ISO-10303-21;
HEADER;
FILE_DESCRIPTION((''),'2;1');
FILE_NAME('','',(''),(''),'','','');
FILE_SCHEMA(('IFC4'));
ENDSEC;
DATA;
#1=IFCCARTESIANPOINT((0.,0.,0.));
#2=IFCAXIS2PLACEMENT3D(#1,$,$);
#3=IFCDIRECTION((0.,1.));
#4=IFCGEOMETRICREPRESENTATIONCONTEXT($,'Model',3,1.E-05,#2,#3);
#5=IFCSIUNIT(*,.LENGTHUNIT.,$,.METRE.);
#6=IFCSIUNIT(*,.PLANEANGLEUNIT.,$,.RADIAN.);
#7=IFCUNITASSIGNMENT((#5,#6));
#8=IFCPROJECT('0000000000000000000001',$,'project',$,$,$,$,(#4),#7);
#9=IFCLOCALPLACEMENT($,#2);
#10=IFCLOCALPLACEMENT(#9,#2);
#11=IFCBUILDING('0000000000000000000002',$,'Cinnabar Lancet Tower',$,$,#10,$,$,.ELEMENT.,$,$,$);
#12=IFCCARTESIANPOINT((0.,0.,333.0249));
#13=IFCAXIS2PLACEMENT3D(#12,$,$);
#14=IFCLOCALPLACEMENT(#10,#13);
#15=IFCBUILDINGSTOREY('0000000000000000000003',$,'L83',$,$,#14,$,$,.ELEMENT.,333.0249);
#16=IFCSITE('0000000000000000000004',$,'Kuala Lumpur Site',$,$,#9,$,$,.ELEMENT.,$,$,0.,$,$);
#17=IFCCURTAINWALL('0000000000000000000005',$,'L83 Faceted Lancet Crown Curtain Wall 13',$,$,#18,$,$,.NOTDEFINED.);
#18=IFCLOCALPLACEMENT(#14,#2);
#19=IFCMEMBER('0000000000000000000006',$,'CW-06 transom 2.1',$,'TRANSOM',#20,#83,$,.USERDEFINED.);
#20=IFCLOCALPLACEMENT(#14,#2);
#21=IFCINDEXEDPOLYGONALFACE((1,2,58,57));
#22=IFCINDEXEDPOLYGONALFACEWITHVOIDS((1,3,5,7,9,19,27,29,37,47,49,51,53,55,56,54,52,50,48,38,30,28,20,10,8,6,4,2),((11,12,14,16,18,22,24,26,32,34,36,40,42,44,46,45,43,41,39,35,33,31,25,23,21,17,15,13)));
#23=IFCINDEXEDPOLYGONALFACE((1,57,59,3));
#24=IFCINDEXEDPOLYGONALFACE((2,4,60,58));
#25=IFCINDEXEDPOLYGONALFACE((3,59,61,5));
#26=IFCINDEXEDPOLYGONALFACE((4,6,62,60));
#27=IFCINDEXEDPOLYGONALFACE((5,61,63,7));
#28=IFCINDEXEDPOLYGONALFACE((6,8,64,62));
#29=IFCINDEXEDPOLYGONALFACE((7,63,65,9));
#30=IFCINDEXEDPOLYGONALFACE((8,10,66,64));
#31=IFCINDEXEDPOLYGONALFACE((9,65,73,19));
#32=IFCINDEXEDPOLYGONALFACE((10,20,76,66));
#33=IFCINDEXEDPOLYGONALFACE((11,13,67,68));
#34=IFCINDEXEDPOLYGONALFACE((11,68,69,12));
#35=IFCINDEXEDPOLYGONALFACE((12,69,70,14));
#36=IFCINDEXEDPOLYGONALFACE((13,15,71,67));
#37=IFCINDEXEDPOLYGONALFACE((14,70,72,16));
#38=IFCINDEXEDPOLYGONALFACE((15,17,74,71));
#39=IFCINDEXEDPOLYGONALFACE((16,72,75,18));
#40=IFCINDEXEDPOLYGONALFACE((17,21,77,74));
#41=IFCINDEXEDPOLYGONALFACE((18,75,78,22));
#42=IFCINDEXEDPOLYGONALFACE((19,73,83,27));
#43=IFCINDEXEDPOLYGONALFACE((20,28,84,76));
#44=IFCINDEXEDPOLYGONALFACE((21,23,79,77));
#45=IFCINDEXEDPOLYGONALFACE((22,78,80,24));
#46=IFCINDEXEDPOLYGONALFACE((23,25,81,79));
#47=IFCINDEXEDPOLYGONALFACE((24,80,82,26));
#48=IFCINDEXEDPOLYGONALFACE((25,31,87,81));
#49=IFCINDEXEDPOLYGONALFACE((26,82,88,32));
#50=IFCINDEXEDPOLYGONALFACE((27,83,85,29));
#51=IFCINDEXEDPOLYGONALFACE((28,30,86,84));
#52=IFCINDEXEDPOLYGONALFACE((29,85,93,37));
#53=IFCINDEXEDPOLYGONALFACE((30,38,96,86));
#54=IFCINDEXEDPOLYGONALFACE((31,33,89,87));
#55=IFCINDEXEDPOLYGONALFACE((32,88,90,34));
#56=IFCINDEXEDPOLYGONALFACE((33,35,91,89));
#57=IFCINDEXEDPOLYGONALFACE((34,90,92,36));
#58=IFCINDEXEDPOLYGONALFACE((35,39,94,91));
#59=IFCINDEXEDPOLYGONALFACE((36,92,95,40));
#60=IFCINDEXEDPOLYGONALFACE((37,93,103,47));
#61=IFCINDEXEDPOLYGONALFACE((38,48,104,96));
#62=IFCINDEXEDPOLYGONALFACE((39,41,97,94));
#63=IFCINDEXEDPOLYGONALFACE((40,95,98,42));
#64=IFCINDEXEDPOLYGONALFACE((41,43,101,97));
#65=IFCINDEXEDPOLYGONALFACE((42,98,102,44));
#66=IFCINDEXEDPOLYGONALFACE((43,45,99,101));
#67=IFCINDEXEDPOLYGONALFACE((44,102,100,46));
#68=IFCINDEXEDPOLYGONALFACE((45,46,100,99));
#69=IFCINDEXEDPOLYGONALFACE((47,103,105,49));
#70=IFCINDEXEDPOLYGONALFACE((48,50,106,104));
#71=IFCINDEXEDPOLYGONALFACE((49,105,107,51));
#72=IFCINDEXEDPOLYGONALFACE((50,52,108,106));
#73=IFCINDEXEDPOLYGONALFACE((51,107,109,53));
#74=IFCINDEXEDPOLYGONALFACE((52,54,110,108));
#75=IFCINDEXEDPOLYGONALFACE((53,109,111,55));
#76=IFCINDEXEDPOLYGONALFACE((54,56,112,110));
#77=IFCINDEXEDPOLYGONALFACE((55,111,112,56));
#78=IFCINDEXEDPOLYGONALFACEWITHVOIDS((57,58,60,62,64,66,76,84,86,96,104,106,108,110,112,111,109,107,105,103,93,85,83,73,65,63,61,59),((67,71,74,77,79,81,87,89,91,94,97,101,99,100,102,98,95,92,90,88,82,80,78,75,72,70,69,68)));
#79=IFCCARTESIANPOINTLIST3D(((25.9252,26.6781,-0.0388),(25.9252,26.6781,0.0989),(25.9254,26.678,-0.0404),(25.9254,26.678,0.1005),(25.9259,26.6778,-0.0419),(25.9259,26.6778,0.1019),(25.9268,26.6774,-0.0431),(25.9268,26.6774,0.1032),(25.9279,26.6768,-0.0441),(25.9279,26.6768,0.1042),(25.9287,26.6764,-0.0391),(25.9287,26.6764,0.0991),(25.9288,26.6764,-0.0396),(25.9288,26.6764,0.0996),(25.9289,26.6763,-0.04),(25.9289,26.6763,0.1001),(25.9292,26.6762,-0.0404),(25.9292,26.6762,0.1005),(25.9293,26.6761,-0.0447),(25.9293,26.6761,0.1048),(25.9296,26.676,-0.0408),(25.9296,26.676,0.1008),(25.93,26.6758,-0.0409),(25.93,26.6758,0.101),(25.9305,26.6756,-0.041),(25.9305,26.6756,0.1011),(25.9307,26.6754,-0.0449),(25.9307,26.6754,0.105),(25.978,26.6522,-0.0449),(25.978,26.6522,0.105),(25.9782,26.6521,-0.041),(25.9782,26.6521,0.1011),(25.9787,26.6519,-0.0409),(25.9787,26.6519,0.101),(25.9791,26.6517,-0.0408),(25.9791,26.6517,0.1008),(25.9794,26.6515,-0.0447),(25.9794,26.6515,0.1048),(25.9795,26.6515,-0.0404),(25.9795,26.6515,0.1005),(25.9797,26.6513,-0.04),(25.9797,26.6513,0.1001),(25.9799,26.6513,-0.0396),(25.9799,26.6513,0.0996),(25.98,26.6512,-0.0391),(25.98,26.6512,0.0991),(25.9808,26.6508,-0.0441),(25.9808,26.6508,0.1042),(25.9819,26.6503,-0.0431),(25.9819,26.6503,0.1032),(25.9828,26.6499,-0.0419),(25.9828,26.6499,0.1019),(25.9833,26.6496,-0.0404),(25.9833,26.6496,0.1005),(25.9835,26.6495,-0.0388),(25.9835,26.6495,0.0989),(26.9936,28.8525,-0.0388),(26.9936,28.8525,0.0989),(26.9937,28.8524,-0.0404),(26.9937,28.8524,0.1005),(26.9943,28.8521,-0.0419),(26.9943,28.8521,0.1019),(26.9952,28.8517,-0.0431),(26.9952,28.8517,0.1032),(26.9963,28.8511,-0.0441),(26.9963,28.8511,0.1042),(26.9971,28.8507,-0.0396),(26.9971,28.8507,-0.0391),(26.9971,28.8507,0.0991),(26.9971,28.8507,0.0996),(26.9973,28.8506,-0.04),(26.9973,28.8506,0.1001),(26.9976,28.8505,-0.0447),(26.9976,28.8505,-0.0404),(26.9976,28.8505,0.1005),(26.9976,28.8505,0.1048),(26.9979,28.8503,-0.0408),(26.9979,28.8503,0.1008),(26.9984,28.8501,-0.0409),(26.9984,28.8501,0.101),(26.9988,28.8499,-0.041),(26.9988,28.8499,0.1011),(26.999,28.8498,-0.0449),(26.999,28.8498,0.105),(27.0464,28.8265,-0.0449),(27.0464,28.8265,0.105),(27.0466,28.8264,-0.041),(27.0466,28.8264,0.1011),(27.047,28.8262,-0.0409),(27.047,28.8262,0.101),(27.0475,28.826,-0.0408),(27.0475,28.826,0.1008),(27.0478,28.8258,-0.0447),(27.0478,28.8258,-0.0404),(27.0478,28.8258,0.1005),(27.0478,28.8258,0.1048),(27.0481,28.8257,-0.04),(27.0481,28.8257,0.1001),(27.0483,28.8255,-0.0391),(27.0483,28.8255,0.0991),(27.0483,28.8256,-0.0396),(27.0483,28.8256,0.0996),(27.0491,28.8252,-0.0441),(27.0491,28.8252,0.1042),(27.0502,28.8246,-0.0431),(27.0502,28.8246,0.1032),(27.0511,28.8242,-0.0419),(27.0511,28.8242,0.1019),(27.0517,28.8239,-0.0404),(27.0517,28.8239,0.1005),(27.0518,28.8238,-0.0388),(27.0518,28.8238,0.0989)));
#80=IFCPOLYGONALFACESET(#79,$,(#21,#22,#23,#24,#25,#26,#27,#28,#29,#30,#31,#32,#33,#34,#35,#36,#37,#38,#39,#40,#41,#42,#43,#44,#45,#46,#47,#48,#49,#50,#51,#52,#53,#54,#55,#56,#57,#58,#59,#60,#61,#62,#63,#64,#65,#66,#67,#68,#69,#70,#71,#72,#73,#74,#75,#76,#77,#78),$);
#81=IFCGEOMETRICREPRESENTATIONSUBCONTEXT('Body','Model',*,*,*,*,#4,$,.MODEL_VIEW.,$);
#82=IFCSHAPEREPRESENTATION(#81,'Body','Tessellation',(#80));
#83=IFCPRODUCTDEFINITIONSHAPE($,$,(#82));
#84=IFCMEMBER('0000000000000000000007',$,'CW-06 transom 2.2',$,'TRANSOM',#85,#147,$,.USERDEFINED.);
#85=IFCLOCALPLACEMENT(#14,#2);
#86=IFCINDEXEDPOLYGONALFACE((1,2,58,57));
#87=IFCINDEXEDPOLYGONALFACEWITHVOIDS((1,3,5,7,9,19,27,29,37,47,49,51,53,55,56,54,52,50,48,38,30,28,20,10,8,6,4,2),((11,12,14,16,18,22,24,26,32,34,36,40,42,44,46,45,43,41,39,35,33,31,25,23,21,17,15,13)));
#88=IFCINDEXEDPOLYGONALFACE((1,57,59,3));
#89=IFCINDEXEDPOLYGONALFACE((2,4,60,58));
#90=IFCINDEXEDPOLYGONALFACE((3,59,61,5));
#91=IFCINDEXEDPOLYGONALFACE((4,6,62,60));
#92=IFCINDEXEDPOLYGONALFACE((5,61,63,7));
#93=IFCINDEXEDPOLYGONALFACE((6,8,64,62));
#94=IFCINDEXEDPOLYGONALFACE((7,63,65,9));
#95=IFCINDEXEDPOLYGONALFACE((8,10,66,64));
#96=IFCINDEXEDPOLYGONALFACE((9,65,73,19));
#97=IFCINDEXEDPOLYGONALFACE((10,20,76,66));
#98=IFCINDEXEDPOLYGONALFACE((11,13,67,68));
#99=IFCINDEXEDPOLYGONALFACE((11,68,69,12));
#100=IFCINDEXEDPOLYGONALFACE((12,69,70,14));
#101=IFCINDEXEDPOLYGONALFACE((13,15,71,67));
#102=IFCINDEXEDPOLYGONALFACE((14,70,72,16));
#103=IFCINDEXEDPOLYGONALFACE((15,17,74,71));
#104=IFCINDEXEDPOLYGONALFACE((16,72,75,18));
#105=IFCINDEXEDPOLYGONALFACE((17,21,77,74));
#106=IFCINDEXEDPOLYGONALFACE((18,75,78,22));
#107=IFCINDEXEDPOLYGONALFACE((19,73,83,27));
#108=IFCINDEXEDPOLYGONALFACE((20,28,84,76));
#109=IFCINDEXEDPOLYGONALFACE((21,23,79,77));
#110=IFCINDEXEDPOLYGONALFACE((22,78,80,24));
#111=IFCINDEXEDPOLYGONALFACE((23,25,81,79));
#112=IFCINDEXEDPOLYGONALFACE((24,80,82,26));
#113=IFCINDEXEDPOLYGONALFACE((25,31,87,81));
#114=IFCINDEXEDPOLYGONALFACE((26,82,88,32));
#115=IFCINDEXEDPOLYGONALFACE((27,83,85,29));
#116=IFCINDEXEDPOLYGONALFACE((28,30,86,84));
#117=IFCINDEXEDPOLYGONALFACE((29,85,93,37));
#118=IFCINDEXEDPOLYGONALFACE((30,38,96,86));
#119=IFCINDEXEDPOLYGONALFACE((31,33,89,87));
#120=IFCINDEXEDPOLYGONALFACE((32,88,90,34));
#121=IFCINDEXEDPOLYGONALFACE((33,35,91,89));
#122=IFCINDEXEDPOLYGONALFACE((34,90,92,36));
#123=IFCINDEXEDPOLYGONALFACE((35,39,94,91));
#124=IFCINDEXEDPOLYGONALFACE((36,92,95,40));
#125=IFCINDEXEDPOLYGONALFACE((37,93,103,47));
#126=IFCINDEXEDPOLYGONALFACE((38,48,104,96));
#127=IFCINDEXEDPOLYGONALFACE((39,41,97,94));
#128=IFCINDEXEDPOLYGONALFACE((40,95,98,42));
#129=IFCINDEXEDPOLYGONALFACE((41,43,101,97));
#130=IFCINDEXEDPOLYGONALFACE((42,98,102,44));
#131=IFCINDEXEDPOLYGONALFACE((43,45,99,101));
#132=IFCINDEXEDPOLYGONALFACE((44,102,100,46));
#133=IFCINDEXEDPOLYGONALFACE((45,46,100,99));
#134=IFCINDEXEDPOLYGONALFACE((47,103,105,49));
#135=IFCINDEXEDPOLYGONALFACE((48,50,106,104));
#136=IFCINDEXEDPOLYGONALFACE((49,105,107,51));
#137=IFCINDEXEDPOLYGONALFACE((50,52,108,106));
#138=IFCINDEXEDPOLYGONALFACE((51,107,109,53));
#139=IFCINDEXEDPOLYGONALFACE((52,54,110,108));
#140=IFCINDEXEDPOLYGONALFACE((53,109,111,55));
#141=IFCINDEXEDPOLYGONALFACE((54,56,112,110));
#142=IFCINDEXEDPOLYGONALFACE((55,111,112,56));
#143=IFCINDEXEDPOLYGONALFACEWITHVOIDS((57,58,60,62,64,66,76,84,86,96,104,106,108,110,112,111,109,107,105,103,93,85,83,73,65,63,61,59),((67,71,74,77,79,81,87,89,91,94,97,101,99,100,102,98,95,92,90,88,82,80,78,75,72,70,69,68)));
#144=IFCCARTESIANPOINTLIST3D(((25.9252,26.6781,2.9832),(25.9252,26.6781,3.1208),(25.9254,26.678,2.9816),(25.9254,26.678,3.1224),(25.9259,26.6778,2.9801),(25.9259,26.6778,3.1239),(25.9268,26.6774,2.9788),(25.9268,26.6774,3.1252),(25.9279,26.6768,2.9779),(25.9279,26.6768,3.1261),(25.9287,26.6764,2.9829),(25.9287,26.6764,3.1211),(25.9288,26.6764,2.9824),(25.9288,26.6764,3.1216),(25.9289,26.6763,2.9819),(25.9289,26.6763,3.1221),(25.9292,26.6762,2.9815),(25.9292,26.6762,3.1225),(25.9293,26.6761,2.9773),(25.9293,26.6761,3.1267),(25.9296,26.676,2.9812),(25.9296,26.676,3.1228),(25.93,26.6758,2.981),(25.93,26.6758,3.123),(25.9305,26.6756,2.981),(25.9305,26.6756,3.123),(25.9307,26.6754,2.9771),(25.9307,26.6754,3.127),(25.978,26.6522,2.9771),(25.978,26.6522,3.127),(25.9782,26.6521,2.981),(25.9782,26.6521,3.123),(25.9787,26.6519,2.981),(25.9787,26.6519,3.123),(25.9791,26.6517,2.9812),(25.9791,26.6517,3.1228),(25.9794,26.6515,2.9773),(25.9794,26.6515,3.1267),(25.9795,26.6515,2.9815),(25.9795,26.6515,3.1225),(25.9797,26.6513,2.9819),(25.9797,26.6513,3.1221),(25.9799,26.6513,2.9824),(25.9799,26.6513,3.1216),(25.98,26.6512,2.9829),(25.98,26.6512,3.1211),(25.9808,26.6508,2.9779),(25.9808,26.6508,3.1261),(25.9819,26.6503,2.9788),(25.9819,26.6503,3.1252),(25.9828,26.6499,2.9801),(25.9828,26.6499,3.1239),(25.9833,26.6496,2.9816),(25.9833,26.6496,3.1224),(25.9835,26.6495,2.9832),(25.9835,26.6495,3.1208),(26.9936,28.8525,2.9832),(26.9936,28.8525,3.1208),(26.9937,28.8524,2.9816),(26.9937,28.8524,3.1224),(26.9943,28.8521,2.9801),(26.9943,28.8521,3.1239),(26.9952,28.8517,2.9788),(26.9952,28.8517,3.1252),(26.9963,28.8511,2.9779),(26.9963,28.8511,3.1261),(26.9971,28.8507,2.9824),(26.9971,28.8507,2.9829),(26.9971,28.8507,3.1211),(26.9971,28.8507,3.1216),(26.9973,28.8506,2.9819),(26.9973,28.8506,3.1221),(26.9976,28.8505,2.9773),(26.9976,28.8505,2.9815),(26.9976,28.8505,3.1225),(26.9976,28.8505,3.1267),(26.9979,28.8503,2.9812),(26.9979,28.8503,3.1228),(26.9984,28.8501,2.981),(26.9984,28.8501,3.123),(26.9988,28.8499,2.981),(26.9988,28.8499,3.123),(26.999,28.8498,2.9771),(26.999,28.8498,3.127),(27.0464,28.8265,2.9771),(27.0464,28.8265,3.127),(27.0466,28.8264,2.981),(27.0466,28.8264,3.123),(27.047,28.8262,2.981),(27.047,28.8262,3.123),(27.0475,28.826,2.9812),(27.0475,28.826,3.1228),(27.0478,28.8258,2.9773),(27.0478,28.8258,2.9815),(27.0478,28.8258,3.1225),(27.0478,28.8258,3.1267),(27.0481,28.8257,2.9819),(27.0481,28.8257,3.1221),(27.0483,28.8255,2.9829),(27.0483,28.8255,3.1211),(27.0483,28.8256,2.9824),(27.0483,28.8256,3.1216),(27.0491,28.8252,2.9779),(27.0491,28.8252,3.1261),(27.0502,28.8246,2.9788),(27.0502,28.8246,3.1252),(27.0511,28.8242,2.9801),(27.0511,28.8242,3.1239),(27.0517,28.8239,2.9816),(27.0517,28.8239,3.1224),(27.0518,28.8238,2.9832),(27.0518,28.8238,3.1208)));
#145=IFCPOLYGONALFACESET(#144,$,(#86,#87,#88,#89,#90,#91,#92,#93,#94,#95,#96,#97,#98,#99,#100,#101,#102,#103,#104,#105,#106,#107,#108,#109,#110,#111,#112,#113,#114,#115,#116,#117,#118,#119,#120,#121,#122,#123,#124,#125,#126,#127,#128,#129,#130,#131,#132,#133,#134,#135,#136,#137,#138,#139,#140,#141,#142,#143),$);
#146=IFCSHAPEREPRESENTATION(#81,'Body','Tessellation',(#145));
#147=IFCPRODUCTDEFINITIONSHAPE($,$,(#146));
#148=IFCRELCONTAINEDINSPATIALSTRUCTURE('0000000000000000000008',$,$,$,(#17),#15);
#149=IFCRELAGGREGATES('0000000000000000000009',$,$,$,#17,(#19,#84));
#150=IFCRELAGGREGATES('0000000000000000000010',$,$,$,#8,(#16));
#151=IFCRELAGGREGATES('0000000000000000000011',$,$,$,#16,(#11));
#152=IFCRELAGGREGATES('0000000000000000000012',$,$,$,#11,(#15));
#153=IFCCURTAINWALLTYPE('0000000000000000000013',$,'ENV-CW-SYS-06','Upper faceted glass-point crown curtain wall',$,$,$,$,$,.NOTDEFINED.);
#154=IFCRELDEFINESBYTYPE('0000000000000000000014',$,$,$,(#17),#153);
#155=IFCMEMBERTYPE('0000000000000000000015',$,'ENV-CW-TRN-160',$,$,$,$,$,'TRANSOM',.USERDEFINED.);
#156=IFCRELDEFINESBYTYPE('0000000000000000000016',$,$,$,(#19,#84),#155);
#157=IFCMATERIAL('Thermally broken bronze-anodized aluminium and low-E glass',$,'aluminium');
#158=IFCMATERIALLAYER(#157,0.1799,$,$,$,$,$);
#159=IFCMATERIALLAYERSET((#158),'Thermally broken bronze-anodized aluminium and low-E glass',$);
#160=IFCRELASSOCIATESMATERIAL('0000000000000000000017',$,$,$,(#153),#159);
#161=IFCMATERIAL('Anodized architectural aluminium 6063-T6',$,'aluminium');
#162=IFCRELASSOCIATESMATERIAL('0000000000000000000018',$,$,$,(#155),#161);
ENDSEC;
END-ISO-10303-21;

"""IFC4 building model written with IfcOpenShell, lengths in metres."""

from ifc_helpers import new_model, si_unit, direction, frame, origin, origin_2d, place, context, subcontext, project, spatial, hollow_rectangle, extrude, material, layer, layer_set, material_profile, profile_set, type_object, element, aggregate, save


model = new_model("IFC4")

# Units and contexts
model_context = context("Model", 3, precision=1e-05, world=origin(), true_north=direction((0.0, 1.0)))
body_context = subcontext(model_context, "Body", "Model", "MODEL_VIEW")
ifc_project = project(units=[si_unit("LENGTHUNIT", "METRE"), si_unit("PLANEANGLEUNIT", "RADIAN")], contexts=[model_context])

# Site, building, storey
site_placement = place(None, origin())
site = spatial("IfcSite", under=ifc_project, at=site_placement, Name="Kuala Lumpur Site", CompositionType="ELEMENT", RefElevation=0.0)
building_placement = place(site_placement, origin())
building = spatial("IfcBuilding", under=site, at=building_placement, Name="Cinnabar Lancet Tower", CompositionType="ELEMENT")
storey_placement = place(building_placement, frame((0.0, 0.0, 333.0249)))
storey = spatial("IfcBuildingStorey", under=building, at=storey_placement, Name="L83", CompositionType="ELEMENT", Elevation=333.0249)

# Curtain wall
ifc_material_1 = material(Name="Thermally broken bronze-anodized aluminium and low-E glass", Category="aluminium")
ifc_layer_1 = layer(ifc_material_1, 0.1799)
ifc_layer_set_1 = layer_set([ifc_layer_1], Name="Thermally broken bronze-anodized aluminium and low-E glass")
curtain_wall_type = type_object("IfcCurtainWallType", Name="ENV-CW-SYS-06", Description="Upper faceted glass-point crown curtain wall", PredefinedType="NOTDEFINED", material=ifc_layer_set_1)
curtain_wall_1_placement = place(storey_placement, origin())
curtain_wall_1 = element("IfcCurtainWall", 1, at=curtain_wall_1_placement, inside=storey, type_object=curtain_wall_type, Name="L83 Faceted Lancet Crown Curtain Wall 13", PredefinedType="NOTDEFINED")

# Members
ifc_material_2 = material(Name="Anodized architectural aluminium 6063-T6", Category="aluminium")
ifc_material_profile_1 = material_profile(ifc_material_2, hollow_rectangle(XDim=0.0649, YDim=0.1499, WallThickness=0.0039, InnerFilletRadius=0.002, OuterFilletRadius=0.0061, at=origin_2d()), Name="CW-TRN 150x65x4")
ifc_profile_set_1 = profile_set([ifc_material_profile_1], Name="Anodized architectural aluminium 6063-T6")
member_type_1 = type_object("IfcMemberType", Name="ENV-CW-TRN-160", ElementType="TRANSOM", PredefinedType="USERDEFINED", material=ifc_profile_set_1)
member_1_placement = place(storey_placement, frame((27.0227, 28.8381, 0.03), z_axis=(-0.440995, -0.89751, 0.0), x_axis=(0.89751, -0.440995, 0.0)))
member_1 = element("IfcMember", 2, at=member_1_placement, type_object=member_type_1, Name="CW-06 transom 2.1", ObjectType="TRANSOM", PredefinedType="USERDEFINED", context=body_context, shape_type="SweptSolid", body=[
    extrude(hollow_rectangle(XDim=0.0649, YDim=0.1499, WallThickness=0.0039, InnerFilletRadius=0.002, OuterFilletRadius=0.0061, at=origin_2d()), origin(), (0.0, 0.0, 1.0), 2.4226),
])
member_2_placement = place(storey_placement, frame((27.0227, 28.8381, 3.052), z_axis=(-0.440995, -0.89751, 0.0), x_axis=(0.89751, -0.440995, 0.0)))
member_2 = element("IfcMember", 3, at=member_2_placement, type_object=member_type_1, Name="CW-06 transom 2.2", ObjectType="TRANSOM", PredefinedType="USERDEFINED", context=body_context, shape_type="SweptSolid", body=[
    extrude(hollow_rectangle(XDim=0.0649, YDim=0.1499, WallThickness=0.0039, InnerFilletRadius=0.002, OuterFilletRadius=0.0061, at=origin_2d()), origin(), (0.0, 0.0, 1.0), 2.4226),
])

aggregate(curtain_wall_1, [member_1, member_2])

save(model, "model.ifc")
